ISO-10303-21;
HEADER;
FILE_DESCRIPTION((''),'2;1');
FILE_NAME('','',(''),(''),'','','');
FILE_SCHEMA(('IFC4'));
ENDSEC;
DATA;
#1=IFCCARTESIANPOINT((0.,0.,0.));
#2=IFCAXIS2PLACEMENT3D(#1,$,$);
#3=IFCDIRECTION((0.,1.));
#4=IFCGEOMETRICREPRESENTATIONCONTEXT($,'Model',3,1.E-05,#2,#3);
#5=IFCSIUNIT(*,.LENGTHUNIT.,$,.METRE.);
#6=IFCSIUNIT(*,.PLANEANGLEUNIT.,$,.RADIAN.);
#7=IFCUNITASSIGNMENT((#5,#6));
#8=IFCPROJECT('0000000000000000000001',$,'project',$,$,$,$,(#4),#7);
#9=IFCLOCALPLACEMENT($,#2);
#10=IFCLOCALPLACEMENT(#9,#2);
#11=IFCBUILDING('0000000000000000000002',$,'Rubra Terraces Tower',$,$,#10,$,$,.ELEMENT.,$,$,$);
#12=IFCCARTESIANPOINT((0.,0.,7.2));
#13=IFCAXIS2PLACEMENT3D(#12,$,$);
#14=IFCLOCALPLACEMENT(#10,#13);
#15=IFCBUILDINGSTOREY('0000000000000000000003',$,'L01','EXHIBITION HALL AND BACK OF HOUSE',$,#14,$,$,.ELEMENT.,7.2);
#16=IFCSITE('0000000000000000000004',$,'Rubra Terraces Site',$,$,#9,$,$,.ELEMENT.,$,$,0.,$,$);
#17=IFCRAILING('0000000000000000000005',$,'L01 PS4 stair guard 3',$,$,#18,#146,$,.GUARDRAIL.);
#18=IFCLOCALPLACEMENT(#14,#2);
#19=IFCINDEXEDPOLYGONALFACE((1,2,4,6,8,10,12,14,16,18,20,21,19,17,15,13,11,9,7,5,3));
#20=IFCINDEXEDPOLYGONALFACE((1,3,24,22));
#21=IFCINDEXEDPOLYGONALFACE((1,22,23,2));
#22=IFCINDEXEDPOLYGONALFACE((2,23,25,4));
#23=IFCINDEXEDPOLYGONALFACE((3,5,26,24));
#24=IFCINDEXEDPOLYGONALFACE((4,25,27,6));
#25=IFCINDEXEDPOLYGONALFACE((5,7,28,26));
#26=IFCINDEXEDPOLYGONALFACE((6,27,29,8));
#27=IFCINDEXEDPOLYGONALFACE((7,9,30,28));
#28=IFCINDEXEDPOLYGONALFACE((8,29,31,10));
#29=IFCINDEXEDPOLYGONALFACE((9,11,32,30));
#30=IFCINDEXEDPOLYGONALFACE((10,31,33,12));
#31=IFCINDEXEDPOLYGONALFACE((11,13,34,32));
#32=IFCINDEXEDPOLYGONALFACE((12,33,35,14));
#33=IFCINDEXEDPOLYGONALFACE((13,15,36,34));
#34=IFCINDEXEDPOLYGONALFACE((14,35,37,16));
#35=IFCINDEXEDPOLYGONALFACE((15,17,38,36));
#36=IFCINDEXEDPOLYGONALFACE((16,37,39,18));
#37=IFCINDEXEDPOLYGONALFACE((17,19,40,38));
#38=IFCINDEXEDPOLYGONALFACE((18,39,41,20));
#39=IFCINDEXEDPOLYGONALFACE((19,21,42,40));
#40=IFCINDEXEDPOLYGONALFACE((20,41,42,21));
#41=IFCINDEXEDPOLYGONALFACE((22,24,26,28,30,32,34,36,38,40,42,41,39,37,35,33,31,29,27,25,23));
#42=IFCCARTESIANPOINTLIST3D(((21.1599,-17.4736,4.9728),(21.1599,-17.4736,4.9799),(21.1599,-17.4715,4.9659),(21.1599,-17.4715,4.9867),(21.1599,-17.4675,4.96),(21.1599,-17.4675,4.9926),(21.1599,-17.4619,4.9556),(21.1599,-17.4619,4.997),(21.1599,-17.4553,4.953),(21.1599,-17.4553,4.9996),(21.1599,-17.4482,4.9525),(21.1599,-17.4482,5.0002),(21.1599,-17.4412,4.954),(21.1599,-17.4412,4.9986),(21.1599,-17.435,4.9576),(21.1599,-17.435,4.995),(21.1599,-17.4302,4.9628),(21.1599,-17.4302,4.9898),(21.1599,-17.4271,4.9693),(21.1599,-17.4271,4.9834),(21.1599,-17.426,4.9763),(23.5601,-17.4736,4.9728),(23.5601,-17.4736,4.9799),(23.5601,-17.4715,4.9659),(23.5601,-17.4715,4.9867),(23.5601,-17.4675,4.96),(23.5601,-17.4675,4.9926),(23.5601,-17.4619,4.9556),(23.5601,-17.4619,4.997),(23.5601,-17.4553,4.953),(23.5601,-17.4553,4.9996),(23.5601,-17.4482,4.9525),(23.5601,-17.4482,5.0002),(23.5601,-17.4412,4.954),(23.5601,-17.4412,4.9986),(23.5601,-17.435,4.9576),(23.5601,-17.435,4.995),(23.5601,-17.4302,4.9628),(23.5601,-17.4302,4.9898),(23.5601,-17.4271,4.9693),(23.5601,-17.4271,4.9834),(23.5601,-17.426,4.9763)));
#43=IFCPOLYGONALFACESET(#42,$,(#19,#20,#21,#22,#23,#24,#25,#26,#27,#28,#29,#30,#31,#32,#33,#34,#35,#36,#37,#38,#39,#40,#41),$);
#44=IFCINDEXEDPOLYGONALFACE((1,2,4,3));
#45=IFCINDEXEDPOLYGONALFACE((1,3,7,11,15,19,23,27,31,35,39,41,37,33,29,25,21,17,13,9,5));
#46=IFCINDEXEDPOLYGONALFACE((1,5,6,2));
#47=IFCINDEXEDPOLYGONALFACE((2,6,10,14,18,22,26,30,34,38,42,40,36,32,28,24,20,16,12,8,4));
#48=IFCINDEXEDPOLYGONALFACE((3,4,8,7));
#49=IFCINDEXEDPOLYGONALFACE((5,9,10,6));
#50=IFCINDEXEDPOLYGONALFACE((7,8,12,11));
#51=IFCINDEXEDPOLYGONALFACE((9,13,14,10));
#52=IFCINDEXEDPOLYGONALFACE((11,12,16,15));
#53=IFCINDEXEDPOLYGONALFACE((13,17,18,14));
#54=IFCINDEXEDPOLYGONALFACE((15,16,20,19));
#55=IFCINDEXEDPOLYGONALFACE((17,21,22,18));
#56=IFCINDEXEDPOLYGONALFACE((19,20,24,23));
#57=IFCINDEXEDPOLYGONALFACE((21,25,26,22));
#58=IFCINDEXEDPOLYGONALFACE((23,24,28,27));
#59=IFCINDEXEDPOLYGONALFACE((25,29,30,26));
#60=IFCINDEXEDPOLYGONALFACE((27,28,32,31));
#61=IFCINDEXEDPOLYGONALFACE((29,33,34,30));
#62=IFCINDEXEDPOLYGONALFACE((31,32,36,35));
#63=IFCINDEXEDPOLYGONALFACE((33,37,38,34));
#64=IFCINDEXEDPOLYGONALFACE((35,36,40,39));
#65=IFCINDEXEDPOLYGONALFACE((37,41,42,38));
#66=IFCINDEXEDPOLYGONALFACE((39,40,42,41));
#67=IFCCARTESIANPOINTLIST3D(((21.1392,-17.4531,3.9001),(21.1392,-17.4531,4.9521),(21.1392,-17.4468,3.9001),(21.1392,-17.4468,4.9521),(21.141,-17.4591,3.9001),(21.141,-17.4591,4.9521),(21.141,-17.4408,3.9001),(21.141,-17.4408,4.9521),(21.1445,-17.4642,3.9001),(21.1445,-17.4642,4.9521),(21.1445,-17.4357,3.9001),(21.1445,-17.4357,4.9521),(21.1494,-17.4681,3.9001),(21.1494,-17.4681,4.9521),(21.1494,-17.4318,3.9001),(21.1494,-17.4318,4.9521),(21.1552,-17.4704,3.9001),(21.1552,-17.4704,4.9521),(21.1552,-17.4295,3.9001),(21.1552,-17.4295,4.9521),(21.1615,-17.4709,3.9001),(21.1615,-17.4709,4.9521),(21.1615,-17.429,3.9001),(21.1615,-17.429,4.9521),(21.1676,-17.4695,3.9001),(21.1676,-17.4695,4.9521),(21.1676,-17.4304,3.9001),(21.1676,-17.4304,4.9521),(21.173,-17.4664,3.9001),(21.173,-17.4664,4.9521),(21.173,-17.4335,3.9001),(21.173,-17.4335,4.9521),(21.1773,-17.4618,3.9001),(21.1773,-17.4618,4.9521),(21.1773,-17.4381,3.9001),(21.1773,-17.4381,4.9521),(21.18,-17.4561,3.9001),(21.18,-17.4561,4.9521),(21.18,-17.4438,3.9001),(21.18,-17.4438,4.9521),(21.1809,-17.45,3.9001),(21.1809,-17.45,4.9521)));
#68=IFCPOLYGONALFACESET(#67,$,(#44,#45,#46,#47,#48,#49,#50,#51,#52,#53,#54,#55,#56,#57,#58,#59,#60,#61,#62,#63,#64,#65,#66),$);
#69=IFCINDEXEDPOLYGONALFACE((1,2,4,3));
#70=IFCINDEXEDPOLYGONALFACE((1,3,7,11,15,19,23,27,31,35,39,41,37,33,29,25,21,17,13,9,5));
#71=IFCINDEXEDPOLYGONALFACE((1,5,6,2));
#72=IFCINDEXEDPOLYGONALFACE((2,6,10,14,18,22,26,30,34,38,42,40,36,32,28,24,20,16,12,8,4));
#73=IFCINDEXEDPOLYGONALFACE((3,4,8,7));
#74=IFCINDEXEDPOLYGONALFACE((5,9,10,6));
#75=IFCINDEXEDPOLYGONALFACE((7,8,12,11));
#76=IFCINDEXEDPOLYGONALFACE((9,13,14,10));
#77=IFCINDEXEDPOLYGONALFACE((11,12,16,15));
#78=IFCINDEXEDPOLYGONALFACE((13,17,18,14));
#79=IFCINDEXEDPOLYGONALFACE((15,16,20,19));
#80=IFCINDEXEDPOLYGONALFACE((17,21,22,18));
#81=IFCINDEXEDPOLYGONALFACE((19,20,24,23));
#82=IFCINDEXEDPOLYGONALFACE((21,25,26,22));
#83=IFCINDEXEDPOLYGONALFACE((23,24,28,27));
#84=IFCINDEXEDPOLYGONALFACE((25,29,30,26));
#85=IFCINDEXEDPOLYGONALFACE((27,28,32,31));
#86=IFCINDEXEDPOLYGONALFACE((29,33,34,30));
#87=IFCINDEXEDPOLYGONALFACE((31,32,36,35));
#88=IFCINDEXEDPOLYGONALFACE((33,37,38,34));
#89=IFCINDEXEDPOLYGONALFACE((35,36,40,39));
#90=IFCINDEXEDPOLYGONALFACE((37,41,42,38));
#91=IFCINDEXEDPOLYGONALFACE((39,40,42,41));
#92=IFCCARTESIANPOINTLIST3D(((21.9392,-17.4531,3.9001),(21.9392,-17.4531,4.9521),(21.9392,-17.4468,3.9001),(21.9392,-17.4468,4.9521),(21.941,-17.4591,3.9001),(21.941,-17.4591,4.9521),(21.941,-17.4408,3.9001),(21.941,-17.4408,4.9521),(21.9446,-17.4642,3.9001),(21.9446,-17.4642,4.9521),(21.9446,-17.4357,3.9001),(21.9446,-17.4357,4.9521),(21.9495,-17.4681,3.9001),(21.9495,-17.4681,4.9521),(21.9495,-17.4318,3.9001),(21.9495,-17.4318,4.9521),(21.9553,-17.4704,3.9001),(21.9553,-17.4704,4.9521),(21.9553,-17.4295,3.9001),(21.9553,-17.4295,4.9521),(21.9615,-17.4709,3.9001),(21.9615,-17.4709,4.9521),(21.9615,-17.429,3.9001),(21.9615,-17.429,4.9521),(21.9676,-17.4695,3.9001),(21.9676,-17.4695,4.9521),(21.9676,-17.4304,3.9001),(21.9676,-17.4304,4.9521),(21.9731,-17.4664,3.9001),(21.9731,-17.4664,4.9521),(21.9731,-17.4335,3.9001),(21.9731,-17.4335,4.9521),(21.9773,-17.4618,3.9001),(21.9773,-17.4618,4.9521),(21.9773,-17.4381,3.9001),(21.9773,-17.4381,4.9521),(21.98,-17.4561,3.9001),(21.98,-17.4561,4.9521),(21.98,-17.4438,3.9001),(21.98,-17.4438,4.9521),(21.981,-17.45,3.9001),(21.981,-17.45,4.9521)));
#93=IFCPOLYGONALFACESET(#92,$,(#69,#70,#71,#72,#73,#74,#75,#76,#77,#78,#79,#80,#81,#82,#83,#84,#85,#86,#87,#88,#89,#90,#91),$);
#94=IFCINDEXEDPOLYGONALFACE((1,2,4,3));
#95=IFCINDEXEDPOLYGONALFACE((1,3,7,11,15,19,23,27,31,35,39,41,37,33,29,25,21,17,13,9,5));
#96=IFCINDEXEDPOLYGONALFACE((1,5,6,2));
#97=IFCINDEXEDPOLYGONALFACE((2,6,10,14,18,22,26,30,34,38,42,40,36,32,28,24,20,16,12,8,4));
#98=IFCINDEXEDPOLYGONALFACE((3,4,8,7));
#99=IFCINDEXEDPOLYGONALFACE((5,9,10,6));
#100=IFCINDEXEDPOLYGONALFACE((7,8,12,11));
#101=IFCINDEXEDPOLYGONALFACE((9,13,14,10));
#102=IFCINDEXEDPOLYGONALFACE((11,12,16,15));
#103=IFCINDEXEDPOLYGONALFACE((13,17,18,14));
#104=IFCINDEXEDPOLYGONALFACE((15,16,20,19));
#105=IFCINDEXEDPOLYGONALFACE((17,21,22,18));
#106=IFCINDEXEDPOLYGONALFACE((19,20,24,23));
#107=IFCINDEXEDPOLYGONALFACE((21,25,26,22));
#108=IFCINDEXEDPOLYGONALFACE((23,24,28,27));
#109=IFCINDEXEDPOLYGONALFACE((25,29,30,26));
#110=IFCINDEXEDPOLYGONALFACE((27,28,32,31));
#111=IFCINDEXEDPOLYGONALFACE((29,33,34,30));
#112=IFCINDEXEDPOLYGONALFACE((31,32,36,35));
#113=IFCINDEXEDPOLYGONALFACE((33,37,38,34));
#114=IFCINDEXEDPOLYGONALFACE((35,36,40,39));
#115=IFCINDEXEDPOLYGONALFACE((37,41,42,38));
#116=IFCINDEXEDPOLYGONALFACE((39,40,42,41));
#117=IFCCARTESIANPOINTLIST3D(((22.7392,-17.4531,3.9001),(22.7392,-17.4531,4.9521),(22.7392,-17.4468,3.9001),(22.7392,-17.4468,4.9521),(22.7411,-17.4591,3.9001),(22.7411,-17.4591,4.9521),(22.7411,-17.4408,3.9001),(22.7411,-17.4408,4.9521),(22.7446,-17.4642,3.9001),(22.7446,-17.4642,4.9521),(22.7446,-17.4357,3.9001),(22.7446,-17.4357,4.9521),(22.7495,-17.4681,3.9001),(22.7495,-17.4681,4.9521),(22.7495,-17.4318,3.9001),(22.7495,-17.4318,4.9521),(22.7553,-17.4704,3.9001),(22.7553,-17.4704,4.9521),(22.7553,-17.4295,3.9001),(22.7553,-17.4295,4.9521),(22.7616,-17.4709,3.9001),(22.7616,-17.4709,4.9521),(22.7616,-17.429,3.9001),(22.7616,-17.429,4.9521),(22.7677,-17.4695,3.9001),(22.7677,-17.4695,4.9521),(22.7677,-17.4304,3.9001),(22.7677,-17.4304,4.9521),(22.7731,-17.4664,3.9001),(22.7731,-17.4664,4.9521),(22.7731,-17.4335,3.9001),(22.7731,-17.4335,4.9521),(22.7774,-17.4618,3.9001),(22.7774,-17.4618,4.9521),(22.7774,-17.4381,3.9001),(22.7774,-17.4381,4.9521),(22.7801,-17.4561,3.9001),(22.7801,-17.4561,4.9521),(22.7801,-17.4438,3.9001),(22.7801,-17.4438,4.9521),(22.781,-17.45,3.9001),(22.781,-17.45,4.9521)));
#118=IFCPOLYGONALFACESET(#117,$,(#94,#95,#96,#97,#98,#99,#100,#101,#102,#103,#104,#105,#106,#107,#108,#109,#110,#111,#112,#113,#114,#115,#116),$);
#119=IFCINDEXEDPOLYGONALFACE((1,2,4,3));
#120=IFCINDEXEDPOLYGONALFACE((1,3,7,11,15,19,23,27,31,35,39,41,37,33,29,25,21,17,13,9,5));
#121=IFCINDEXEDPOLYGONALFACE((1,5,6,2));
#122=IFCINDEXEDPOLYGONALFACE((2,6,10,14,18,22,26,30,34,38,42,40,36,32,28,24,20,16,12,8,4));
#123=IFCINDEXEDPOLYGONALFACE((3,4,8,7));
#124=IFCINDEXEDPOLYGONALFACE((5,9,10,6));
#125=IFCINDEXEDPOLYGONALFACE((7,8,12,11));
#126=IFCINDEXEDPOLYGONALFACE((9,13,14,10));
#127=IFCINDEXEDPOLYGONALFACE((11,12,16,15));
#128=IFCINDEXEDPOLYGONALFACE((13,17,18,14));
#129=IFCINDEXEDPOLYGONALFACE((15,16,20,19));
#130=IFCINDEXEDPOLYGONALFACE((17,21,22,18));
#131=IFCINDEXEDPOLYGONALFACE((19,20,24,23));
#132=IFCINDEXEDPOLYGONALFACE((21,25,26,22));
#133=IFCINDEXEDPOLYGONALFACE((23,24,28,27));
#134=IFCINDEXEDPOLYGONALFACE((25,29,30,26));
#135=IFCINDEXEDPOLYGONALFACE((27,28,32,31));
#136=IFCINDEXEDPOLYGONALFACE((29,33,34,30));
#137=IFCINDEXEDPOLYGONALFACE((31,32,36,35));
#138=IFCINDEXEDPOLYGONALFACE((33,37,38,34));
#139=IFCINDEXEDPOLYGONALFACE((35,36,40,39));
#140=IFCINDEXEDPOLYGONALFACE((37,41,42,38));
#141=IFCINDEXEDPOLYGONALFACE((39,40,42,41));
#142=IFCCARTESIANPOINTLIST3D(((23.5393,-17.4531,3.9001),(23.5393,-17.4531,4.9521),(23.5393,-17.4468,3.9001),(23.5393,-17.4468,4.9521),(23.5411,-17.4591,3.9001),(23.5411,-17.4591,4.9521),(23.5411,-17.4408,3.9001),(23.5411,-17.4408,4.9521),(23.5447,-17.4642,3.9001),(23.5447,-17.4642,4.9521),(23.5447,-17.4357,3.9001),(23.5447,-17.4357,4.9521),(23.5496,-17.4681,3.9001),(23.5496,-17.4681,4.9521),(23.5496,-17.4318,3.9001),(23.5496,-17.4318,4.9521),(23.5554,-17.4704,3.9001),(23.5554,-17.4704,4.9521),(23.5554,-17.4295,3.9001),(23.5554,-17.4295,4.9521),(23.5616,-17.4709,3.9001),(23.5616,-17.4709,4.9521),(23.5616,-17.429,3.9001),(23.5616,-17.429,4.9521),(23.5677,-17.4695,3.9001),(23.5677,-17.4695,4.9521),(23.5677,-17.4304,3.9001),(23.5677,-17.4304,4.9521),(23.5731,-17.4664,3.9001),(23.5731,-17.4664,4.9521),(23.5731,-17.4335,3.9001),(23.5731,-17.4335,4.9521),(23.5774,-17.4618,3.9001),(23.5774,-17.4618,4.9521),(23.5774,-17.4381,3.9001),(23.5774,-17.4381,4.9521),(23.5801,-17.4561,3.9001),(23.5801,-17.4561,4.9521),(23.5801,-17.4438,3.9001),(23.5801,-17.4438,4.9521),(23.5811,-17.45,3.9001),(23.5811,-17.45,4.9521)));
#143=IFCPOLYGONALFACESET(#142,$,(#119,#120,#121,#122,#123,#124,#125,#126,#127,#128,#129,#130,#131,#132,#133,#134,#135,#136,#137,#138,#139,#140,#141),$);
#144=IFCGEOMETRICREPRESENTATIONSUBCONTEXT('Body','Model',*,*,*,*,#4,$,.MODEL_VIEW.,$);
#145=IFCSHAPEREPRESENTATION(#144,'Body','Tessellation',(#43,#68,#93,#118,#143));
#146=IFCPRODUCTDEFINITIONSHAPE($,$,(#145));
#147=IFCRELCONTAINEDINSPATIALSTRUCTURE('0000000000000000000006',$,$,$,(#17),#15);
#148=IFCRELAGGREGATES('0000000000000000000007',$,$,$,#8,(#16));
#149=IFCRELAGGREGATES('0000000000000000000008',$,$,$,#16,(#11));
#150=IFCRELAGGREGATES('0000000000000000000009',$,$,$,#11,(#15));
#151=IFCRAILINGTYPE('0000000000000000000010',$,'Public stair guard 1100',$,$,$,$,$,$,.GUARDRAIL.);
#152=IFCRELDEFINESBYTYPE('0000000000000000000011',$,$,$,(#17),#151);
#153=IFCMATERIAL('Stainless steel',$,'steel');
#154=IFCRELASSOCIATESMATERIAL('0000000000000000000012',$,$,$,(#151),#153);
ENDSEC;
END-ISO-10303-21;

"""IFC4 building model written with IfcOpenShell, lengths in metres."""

from ifc_helpers import new_model, si_unit, direction, frame, origin, origin_2d, place, context, subcontext, project, spatial, circle, extrude, material, type_object, element, save


model = new_model("IFC4")

# Units and contexts
model_context = context("Model", 3, precision=1e-05, world=origin(), true_north=direction((0.0, 1.0)))
body_context = subcontext(model_context, "Body", "Model", "MODEL_VIEW")
ifc_project = project(units=[si_unit("LENGTHUNIT", "METRE"), si_unit("PLANEANGLEUNIT", "RADIAN")], contexts=[model_context])

# Site, building, storey
site_placement = place(None, origin())
site = spatial("IfcSite", under=ifc_project, at=site_placement, Name="Rubra Terraces Site", CompositionType="ELEMENT", RefElevation=0.0)
building_placement = place(site_placement, origin())
building = spatial("IfcBuilding", under=site, at=building_placement, Name="Rubra Terraces Tower", CompositionType="ELEMENT")
storey_placement = place(building_placement, frame((0.0, 0.0, 7.2)))
storey = spatial("IfcBuildingStorey", under=building, at=storey_placement, Name="L01", Description="EXHIBITION HALL AND BACK OF HOUSE", CompositionType="ELEMENT", Elevation=7.2)

# Railing
ifc_material_1 = material(Name="Stainless steel", Category="steel")
railing_type = type_object("IfcRailingType", Name="Public stair guard 1100", PredefinedType="GUARDRAIL", material=ifc_material_1)
railing_1_placement = place(storey_placement, frame((21.1599, -17.45, 3.9001)))
element("IfcRailing", 1, at=railing_1_placement, inside=storey, type_object=railing_type, Name="L01 PS4 stair guard 3", PredefinedType="GUARDRAIL", context=body_context, shape_type="SweptSolid", body=[
    extrude(circle(Radius=0.0239, at=origin_2d()), frame((0.0, 0.0, 1.0762), z_axis=(1.0, 0.0, 0.0), x_axis=(0.0, 1.0, 0.0)), (0.0, 0.0, 1.0), 2.4001),
    extrude(circle(Radius=0.021, at=origin_2d()), origin(), (0.0, 0.0, 1.0), 1.052),
    extrude(circle(Radius=0.021, at=origin_2d()), frame((0.8, 0.0, 0.0)), (0.0, 0.0, 1.0), 1.052),
    extrude(circle(Radius=0.021, at=origin_2d()), frame((1.6001, 0.0, 0.0)), (0.0, 0.0, 1.0), 1.052),
    extrude(circle(Radius=0.021, at=origin_2d()), frame((2.4001, 0.0, 0.0)), (0.0, 0.0, 1.0), 1.052),
])

save(model, "model.ifc")
